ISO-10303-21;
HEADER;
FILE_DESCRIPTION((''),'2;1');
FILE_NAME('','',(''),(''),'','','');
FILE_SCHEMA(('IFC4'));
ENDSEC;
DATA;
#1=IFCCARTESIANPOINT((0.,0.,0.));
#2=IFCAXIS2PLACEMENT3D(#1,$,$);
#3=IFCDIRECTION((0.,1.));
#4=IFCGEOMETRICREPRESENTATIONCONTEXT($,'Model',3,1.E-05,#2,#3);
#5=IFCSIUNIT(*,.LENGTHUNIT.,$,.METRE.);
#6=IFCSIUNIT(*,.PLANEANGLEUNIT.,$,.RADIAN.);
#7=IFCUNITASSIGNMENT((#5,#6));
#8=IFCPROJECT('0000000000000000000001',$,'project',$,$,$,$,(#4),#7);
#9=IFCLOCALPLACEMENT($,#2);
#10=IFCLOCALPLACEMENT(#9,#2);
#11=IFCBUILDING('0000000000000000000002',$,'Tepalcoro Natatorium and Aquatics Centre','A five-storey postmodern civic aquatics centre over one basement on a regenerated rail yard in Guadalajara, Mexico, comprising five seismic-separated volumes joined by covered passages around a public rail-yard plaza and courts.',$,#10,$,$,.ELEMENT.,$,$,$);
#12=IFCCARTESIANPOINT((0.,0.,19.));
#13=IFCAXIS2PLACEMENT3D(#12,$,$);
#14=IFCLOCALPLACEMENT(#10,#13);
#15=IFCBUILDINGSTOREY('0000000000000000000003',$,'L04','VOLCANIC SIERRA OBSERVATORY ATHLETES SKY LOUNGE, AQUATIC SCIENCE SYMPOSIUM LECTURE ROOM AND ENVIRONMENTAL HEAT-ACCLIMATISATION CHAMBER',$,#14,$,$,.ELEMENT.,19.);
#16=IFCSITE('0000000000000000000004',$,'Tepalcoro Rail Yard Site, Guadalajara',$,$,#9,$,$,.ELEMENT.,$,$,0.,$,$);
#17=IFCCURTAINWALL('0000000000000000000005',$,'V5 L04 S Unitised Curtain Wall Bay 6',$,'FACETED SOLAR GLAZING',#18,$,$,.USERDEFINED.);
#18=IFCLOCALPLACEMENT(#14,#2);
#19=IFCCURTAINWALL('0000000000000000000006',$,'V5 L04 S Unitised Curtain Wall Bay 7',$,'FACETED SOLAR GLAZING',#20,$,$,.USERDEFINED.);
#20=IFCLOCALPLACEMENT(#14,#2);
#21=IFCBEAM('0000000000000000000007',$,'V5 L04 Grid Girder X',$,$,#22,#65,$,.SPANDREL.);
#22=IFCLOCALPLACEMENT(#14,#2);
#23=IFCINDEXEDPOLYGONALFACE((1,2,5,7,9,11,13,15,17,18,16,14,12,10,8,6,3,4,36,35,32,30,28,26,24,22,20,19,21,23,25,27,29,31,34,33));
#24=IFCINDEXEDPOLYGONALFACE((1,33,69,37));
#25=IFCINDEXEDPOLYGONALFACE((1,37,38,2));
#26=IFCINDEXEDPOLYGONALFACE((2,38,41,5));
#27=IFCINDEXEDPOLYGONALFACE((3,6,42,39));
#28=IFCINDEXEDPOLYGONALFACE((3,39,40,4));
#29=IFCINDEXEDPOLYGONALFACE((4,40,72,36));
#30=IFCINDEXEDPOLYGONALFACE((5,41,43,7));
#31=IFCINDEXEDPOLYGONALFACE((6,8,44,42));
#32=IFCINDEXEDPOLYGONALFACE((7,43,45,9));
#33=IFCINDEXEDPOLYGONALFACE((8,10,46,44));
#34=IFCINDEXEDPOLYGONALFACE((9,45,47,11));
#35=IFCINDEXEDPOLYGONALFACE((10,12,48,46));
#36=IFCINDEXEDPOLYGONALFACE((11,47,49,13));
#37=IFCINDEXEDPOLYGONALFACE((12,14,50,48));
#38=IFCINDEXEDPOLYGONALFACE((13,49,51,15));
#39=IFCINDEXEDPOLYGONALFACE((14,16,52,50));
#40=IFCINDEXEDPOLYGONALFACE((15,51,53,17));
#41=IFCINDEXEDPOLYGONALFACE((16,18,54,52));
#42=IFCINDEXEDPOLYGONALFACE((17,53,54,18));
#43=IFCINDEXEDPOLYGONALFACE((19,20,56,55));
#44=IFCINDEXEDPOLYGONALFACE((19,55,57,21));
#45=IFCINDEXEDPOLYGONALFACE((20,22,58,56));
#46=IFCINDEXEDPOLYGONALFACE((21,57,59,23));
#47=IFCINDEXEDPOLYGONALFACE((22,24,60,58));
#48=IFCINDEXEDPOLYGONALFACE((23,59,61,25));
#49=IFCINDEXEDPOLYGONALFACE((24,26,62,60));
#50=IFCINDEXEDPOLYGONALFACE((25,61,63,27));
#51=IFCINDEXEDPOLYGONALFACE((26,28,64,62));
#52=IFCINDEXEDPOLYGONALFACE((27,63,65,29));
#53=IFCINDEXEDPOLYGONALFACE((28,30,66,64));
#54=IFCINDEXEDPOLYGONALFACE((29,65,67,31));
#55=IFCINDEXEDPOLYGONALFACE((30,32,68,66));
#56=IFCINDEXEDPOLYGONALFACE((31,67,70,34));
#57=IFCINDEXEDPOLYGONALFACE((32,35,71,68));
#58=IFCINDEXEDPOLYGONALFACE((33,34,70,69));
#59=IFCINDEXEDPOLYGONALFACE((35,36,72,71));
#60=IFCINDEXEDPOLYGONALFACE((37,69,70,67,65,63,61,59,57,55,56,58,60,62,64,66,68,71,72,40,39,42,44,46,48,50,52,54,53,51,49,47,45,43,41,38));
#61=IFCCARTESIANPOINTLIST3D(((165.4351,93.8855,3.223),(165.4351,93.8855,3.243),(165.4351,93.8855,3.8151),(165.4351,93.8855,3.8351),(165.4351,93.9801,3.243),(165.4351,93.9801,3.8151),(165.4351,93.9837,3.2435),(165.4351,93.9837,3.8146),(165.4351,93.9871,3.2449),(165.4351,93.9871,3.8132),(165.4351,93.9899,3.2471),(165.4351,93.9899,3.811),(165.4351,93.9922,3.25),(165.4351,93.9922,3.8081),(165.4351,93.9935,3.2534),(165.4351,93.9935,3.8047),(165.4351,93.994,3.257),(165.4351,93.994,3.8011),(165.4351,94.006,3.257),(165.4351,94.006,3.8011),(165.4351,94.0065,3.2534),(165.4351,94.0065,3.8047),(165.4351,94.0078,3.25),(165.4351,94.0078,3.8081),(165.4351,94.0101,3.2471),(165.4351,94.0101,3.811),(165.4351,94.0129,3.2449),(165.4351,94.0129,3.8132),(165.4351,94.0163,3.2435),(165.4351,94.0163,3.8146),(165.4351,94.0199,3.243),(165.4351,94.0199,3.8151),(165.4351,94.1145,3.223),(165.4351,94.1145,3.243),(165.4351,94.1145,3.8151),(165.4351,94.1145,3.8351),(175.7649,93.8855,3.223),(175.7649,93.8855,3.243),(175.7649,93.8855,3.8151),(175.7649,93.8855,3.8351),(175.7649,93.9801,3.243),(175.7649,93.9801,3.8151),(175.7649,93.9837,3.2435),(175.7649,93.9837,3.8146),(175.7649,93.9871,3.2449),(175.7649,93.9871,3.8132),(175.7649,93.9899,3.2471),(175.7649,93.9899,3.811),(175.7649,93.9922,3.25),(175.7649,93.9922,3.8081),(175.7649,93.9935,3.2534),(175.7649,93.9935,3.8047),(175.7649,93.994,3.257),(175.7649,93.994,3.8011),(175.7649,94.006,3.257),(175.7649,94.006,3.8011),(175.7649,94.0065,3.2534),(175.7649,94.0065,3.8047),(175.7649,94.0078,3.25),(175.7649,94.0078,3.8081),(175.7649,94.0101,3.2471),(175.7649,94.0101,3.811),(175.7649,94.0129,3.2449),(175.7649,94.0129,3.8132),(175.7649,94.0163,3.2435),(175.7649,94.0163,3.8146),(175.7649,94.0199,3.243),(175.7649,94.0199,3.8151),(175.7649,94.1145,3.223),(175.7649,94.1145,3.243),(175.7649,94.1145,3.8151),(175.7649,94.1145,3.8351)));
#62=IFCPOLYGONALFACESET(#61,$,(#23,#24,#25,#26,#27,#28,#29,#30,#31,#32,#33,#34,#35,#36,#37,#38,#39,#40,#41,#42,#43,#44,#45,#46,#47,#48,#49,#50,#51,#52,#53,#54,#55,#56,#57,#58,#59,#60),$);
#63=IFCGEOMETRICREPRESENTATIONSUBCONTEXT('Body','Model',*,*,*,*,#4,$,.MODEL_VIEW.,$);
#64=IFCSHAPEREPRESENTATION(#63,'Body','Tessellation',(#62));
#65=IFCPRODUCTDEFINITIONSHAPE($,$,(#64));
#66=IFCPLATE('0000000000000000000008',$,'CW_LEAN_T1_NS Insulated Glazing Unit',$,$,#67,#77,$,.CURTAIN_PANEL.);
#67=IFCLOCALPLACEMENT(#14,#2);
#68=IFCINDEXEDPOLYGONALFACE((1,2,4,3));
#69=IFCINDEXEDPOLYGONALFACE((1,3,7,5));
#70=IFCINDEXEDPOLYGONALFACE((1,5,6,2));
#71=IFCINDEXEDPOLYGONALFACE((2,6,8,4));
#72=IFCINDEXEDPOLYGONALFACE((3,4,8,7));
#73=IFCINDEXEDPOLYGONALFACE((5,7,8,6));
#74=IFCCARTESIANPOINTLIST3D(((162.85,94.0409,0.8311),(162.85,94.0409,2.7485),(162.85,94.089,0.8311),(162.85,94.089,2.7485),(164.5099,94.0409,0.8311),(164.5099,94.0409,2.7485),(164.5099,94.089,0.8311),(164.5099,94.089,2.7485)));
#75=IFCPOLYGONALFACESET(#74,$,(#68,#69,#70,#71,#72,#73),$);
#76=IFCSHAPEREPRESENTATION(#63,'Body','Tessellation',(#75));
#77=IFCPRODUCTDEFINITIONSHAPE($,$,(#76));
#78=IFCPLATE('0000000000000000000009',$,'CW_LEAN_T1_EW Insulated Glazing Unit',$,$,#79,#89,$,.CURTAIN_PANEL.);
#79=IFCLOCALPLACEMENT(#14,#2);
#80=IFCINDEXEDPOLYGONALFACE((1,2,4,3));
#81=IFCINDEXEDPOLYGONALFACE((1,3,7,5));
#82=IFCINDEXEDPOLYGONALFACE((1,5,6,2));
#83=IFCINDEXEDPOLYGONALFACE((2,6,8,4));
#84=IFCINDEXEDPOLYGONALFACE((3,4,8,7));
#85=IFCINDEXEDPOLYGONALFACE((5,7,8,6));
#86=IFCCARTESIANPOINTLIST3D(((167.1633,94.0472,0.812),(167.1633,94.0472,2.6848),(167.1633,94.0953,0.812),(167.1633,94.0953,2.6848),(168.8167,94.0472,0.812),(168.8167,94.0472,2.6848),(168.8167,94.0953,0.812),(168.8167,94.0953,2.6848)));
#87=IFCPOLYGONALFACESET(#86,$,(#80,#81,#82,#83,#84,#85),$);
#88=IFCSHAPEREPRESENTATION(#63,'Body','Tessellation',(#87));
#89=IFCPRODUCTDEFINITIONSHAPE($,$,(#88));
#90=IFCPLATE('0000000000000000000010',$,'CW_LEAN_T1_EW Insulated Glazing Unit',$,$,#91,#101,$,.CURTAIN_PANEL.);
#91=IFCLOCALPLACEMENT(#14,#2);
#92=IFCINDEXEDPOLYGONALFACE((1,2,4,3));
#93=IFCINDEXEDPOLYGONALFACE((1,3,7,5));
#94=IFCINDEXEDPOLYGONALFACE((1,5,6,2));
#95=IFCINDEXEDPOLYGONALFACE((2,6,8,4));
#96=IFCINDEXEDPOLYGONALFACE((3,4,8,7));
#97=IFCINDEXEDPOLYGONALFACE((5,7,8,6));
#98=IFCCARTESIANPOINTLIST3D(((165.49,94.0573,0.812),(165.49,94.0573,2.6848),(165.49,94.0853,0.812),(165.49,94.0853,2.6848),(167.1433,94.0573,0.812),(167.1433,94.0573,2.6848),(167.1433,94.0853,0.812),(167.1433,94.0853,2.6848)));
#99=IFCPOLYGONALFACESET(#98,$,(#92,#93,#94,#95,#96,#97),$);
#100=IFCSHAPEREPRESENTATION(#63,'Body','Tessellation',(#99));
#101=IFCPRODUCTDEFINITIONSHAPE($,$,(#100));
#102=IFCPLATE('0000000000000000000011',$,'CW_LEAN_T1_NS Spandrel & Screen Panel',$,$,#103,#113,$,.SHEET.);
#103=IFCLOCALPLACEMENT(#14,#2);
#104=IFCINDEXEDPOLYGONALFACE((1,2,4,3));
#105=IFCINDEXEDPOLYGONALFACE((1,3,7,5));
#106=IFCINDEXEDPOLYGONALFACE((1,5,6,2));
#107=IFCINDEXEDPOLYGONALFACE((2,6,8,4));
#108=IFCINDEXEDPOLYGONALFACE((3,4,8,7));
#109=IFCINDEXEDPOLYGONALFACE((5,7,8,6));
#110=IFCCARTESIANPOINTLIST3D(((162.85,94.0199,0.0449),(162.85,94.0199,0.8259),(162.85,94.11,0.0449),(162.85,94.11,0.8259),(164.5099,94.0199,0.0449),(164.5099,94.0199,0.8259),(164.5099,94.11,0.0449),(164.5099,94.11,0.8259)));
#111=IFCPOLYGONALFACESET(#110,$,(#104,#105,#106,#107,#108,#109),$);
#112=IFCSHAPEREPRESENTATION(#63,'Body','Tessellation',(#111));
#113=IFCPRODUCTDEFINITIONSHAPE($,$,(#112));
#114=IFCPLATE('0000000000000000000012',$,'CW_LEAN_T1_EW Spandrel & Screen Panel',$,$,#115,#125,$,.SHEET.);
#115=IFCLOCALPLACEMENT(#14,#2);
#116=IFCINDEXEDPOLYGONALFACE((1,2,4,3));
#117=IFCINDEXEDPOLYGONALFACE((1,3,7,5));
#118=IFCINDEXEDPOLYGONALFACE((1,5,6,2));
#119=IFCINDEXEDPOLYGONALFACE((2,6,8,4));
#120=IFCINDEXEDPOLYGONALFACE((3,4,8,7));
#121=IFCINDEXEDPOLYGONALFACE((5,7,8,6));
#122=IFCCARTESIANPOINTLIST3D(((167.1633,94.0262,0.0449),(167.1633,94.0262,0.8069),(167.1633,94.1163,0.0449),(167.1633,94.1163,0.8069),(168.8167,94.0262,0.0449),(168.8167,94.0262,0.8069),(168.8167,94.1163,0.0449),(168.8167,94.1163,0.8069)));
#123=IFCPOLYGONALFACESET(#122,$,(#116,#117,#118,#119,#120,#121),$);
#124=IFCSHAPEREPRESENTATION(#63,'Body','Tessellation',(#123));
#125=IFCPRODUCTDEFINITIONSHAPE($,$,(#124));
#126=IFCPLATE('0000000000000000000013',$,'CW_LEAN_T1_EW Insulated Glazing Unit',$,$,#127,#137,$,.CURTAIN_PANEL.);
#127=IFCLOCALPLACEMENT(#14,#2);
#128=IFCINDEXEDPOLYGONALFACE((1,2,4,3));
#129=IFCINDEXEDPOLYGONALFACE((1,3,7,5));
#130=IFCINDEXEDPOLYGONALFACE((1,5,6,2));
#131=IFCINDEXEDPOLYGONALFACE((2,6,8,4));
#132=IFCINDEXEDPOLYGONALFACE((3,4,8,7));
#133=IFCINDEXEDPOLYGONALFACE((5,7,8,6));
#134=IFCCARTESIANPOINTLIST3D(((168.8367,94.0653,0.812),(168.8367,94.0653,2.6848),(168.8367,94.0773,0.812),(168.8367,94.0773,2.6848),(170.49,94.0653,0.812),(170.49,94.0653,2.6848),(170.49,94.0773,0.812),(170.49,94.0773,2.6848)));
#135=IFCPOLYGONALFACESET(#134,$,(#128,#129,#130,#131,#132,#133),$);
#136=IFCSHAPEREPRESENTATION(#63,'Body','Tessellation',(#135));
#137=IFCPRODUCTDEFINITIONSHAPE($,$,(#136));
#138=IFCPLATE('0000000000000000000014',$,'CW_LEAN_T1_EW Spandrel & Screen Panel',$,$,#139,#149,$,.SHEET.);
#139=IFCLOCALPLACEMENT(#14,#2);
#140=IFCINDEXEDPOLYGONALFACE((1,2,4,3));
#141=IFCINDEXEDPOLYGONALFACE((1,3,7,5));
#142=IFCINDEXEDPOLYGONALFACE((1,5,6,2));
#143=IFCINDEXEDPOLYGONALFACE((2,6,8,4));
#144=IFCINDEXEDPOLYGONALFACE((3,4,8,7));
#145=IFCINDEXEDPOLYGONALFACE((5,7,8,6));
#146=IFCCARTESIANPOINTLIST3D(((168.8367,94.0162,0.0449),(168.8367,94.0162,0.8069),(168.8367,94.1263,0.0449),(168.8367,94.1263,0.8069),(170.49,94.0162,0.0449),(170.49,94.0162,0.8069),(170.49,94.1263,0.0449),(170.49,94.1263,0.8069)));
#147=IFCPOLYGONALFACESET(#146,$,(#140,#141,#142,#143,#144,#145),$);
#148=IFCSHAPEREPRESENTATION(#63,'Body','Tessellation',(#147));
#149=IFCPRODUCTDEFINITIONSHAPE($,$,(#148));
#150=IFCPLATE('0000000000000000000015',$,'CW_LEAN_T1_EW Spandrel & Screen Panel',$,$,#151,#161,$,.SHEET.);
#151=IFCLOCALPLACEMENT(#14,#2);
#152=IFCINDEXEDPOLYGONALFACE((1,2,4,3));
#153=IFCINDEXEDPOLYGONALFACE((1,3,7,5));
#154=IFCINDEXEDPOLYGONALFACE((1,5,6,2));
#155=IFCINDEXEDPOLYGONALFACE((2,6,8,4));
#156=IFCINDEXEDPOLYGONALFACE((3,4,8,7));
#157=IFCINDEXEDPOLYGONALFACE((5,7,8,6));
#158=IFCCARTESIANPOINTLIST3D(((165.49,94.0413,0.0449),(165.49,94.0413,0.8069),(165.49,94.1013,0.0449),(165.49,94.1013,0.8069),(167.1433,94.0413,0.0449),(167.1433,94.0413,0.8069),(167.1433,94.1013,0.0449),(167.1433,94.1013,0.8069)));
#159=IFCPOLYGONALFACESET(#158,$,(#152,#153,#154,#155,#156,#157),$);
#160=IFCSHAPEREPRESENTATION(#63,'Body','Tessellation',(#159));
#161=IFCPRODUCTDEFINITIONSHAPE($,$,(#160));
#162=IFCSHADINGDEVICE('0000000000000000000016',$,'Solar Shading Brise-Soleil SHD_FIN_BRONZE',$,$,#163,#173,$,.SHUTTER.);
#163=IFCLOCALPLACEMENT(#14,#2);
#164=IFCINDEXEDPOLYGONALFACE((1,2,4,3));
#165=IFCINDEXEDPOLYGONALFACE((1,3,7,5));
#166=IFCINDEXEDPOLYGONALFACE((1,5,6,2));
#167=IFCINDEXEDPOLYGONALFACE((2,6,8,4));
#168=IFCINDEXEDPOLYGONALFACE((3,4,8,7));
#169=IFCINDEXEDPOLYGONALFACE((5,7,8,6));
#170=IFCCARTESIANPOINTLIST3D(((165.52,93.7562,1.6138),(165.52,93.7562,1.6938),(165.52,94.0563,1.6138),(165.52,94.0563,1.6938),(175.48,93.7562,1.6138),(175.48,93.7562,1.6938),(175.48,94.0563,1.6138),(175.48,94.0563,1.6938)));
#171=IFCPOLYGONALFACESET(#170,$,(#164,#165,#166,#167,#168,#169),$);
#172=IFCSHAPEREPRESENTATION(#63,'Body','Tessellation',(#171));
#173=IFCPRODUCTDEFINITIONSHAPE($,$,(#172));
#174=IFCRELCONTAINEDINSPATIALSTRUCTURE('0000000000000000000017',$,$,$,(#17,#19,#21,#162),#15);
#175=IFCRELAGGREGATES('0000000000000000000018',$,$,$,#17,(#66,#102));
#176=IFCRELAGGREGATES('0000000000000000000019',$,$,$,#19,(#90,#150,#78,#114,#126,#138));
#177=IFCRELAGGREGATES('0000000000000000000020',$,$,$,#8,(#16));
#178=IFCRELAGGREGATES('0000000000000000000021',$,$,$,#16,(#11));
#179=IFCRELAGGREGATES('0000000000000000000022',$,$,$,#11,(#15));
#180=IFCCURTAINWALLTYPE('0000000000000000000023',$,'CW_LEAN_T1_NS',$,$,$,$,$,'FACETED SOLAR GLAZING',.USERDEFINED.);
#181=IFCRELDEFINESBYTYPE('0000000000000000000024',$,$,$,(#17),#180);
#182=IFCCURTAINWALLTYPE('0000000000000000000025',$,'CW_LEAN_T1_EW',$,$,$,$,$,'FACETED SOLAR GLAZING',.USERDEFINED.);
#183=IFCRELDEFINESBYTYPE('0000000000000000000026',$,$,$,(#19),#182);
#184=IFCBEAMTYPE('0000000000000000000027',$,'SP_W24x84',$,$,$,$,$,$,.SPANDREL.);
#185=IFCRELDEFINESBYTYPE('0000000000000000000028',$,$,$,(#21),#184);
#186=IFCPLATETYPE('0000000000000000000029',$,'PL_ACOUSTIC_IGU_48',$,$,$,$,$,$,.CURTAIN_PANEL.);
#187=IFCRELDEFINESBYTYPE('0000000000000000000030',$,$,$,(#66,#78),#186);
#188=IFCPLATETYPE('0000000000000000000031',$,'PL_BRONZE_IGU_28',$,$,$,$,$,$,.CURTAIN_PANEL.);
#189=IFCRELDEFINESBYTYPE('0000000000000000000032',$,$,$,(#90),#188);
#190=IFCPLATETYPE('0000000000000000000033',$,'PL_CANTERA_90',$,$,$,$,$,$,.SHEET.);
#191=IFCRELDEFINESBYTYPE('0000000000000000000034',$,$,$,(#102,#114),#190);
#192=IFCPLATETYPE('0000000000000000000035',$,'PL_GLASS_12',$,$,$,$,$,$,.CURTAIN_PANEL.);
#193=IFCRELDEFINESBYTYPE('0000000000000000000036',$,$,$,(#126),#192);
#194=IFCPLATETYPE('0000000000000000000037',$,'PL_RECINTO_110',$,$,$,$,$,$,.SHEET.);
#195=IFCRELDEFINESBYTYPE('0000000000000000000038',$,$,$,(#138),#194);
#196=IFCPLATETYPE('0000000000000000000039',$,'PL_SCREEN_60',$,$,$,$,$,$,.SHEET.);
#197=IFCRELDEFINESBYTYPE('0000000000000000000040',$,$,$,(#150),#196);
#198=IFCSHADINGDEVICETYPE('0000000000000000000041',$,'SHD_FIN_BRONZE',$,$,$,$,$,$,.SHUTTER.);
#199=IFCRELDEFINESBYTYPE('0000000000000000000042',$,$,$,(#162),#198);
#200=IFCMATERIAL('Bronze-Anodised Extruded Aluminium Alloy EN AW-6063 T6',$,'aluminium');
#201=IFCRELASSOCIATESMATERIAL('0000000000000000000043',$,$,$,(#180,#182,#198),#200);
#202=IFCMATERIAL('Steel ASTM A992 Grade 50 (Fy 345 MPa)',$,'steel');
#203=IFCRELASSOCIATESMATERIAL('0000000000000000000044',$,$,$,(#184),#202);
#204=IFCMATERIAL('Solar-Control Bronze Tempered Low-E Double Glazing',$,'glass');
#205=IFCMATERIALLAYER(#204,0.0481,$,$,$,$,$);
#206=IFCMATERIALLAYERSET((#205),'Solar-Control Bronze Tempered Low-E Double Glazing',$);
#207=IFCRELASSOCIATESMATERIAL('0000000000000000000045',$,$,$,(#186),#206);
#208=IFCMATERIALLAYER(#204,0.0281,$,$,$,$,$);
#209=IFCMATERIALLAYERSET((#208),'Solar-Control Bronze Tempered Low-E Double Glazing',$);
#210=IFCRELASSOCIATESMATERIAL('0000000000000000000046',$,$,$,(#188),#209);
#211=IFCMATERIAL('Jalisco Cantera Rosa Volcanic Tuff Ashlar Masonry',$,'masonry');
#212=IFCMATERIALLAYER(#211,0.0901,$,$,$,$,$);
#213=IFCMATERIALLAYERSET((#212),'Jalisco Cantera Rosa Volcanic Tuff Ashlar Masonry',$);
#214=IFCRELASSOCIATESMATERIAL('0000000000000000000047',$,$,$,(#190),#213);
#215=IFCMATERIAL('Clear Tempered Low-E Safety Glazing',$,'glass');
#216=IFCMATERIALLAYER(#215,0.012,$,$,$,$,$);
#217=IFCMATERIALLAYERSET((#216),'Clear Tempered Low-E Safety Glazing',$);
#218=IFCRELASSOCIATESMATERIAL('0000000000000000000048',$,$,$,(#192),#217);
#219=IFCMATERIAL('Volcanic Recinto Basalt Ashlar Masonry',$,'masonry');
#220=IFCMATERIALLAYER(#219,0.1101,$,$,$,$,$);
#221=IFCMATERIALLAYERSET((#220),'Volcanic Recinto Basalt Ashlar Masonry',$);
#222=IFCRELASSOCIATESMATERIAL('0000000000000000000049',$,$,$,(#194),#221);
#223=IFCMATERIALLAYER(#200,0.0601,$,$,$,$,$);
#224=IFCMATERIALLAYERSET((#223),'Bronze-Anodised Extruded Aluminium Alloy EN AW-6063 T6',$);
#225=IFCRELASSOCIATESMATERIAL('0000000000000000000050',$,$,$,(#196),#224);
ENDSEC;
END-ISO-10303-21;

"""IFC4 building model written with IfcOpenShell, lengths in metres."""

from ifc_helpers import new_model, si_unit, direction, frame, origin, origin_2d, place, context, subcontext, project, spatial, rectangle, i_section, extrude, material, layer, layer_set, material_profile, profile_set, type_object, element, aggregate, save


model = new_model("IFC4")

# Units and contexts
model_context = context("Model", 3, precision=1e-05, world=origin(), true_north=direction((0.0, 1.0)))
body_context = subcontext(model_context, "Body", "Model", "MODEL_VIEW")
ifc_project = project(units=[si_unit("LENGTHUNIT", "METRE"), si_unit("PLANEANGLEUNIT", "RADIAN")], contexts=[model_context])

# Site, building, storey
site_placement = place(None, origin())
site = spatial("IfcSite", under=ifc_project, at=site_placement, Name="Tepalcoro Rail Yard Site, Guadalajara", CompositionType="ELEMENT", RefElevation=0.0)
building_placement = place(site_placement, origin())
building = spatial("IfcBuilding", under=site, at=building_placement, Name="Tepalcoro Natatorium and Aquatics Centre", Description="A five-storey postmodern civic aquatics centre over one basement on a regenerated rail yard in Guadalajara, Mexico, comprising five seismic-separated volumes joined by covered passages around a public rail-yard plaza and courts.", CompositionType="ELEMENT")
storey_placement = place(building_placement, frame((0.0, 0.0, 19.0)))
storey = spatial("IfcBuildingStorey", under=building, at=storey_placement, Name="L04", Description="VOLCANIC SIERRA OBSERVATORY ATHLETES SKY LOUNGE, AQUATIC SCIENCE SYMPOSIUM LECTURE ROOM AND ENVIRONMENTAL HEAT-ACCLIMATISATION CHAMBER", CompositionType="ELEMENT", Elevation=19.0)

# Shared definitions
ifc_material_1 = material(Name="Steel ASTM A992 Grade 50 (Fy 345 MPa)", Category="steel")

# Curtain walls
ifc_material_2 = material(Name="Bronze-Anodised Extruded Aluminium Alloy EN AW-6063 T6", Category="aluminium")
curtain_wall_type_1 = type_object("IfcCurtainWallType", Name="CW_LEAN_T1_NS", ElementType="FACETED SOLAR GLAZING", PredefinedType="USERDEFINED", material=ifc_material_2)
curtain_wall_1_placement = place(storey_placement, origin())
curtain_wall_1 = element("IfcCurtainWall", 1, at=curtain_wall_1_placement, inside=storey, type_object=curtain_wall_type_1, Name="V5 L04 S Unitised Curtain Wall Bay 6", ObjectType="FACETED SOLAR GLAZING", PredefinedType="USERDEFINED")
curtain_wall_type_2 = type_object("IfcCurtainWallType", Name="CW_LEAN_T1_EW", ElementType="FACETED SOLAR GLAZING", PredefinedType="USERDEFINED", material=ifc_material_2)
curtain_wall_2_placement = place(storey_placement, origin())
curtain_wall_2 = element("IfcCurtainWall", 2, at=curtain_wall_2_placement, inside=storey, type_object=curtain_wall_type_2, Name="V5 L04 S Unitised Curtain Wall Bay 7", ObjectType="FACETED SOLAR GLAZING", PredefinedType="USERDEFINED")

# Beam
ifc_material_profile_1 = material_profile(ifc_material_1, i_section(OverallWidth=0.229, OverallDepth=0.6121, WebThickness=0.012, FlangeThickness=0.02, FilletRadius=0.0139, at=origin_2d()), Name="W24X84")
ifc_profile_set_1 = profile_set([ifc_material_profile_1], Name="Steel ASTM A992 Grade 50 (Fy 345 MPa)")
beam_type_1 = type_object("IfcBeamType", Name="SP_W24x84", PredefinedType="SPANDREL", material=ifc_profile_set_1)
beam_1_placement = place(storey_placement, frame((165.4351, 94.0, 3.5291), z_axis=(1.0, 0.0, 0.0), x_axis=(0.0, 1.0, 0.0)))
element("IfcBeam", 3, at=beam_1_placement, inside=storey, type_object=beam_type_1, Name="V5 L04 Grid Girder X", PredefinedType="SPANDREL", context=body_context, shape_type="SweptSolid", body=[
    extrude(i_section(OverallWidth=0.229, OverallDepth=0.6121, WebThickness=0.012, FlangeThickness=0.02, FilletRadius=0.0139, at=origin_2d()), origin(), (0.0, 0.0, 1.0), 10.3298),
])

# Plates
ifc_material_3 = material(Name="Solar-Control Bronze Tempered Low-E Double Glazing", Category="glass")
ifc_layer_1 = layer(ifc_material_3, 0.0481)
ifc_layer_set_1 = layer_set([ifc_layer_1], Name="Solar-Control Bronze Tempered Low-E Double Glazing")
plate_type_1 = type_object("IfcPlateType", Name="PL_ACOUSTIC_IGU_48", PredefinedType="CURTAIN_PANEL", material=ifc_layer_set_1)
plate_1_placement = place(storey_placement, frame((163.6799, 94.0649, 0.8311), z_axis=(0.0, 0.0, 1.0), x_axis=(1.0, 0.0, 0.0)))
plate_1 = element("IfcPlate", 4, at=plate_1_placement, type_object=plate_type_1, Name="CW_LEAN_T1_NS Insulated Glazing Unit", PredefinedType="CURTAIN_PANEL", context=body_context, shape_type="SweptSolid", body=[
    extrude(rectangle(XDim=1.6599, YDim=0.0481, at=origin_2d()), origin(), (0.0, 0.0, 1.0), 1.9175),
])
plate_2_placement = place(storey_placement, frame((167.99, 94.0713, 0.812), z_axis=(0.0, 0.0, 1.0), x_axis=(1.0, 0.0, 0.0)))
plate_2 = element("IfcPlate", 5, at=plate_2_placement, type_object=plate_type_1, Name="CW_LEAN_T1_EW Insulated Glazing Unit", PredefinedType="CURTAIN_PANEL", context=body_context, shape_type="SweptSolid", body=[
    extrude(rectangle(XDim=1.6533, YDim=0.0481, at=origin_2d()), origin(), (0.0, 0.0, 1.0), 1.8728),
])
ifc_layer_2 = layer(ifc_material_3, 0.0281)
ifc_layer_set_2 = layer_set([ifc_layer_2], Name="Solar-Control Bronze Tempered Low-E Double Glazing")
plate_type_2 = type_object("IfcPlateType", Name="PL_BRONZE_IGU_28", PredefinedType="CURTAIN_PANEL", material=ifc_layer_set_2)
plate_3_placement = place(storey_placement, frame((166.3167, 94.0713, 0.812), z_axis=(0.0, 0.0, 1.0), x_axis=(1.0, 0.0, 0.0)))
plate_3 = element("IfcPlate", 6, at=plate_3_placement, type_object=plate_type_2, Name="CW_LEAN_T1_EW Insulated Glazing Unit", PredefinedType="CURTAIN_PANEL", context=body_context, shape_type="SweptSolid", body=[
    extrude(rectangle(XDim=1.6533, YDim=0.0281, at=origin_2d()), origin(), (0.0, 0.0, 1.0), 1.8728),
])
ifc_material_4 = material(Name="Jalisco Cantera Rosa Volcanic Tuff Ashlar Masonry", Category="masonry")
ifc_layer_3 = layer(ifc_material_4, 0.0901)
ifc_layer_set_3 = layer_set([ifc_layer_3], Name="Jalisco Cantera Rosa Volcanic Tuff Ashlar Masonry")
plate_type_3 = type_object("IfcPlateType", Name="PL_CANTERA_90", PredefinedType="SHEET", material=ifc_layer_set_3)
plate_4_placement = place(storey_placement, frame((163.6799, 94.0649, 0.0449), z_axis=(0.0, 0.0, 1.0), x_axis=(1.0, 0.0, 0.0)))
plate_4 = element("IfcPlate", 7, at=plate_4_placement, type_object=plate_type_3, Name="CW_LEAN_T1_NS Spandrel & Screen Panel", PredefinedType="SHEET", context=body_context, shape_type="SweptSolid", body=[
    extrude(rectangle(XDim=1.6599, YDim=0.0901, at=origin_2d()), origin(), (0.0, 0.0, 1.0), 0.781),
])
aggregate(curtain_wall_1, [plate_1, plate_4])
plate_5_placement = place(storey_placement, frame((167.99, 94.0713, 0.0449), z_axis=(0.0, 0.0, 1.0), x_axis=(1.0, 0.0, 0.0)))
plate_5 = element("IfcPlate", 8, at=plate_5_placement, type_object=plate_type_3, Name="CW_LEAN_T1_EW Spandrel & Screen Panel", PredefinedType="SHEET", context=body_context, shape_type="SweptSolid", body=[
    extrude(rectangle(XDim=1.6533, YDim=0.0901, at=origin_2d()), origin(), (0.0, 0.0, 1.0), 0.762),
])
ifc_material_5 = material(Name="Clear Tempered Low-E Safety Glazing", Category="glass")
ifc_layer_4 = layer(ifc_material_5, 0.012)
ifc_layer_set_4 = layer_set([ifc_layer_4], Name="Clear Tempered Low-E Safety Glazing")
plate_type_4 = type_object("IfcPlateType", Name="PL_GLASS_12", PredefinedType="CURTAIN_PANEL", material=ifc_layer_set_4)
plate_6_placement = place(storey_placement, frame((169.6633, 94.0713, 0.812), z_axis=(0.0, 0.0, 1.0), x_axis=(1.0, 0.0, 0.0)))
plate_6 = element("IfcPlate", 9, at=plate_6_placement, type_object=plate_type_4, Name="CW_LEAN_T1_EW Insulated Glazing Unit", PredefinedType="CURTAIN_PANEL", context=body_context, shape_type="SweptSolid", body=[
    extrude(rectangle(XDim=1.6533, YDim=0.012, at=origin_2d()), origin(), (0.0, 0.0, 1.0), 1.8728),
])
ifc_material_6 = material(Name="Volcanic Recinto Basalt Ashlar Masonry", Category="masonry")
ifc_layer_5 = layer(ifc_material_6, 0.1101)
ifc_layer_set_5 = layer_set([ifc_layer_5], Name="Volcanic Recinto Basalt Ashlar Masonry")
plate_type_5 = type_object("IfcPlateType", Name="PL_RECINTO_110", PredefinedType="SHEET", material=ifc_layer_set_5)
plate_7_placement = place(storey_placement, frame((169.6633, 94.0713, 0.0449), z_axis=(0.0, 0.0, 1.0), x_axis=(1.0, 0.0, 0.0)))
plate_7 = element("IfcPlate", 10, at=plate_7_placement, type_object=plate_type_5, Name="CW_LEAN_T1_EW Spandrel & Screen Panel", PredefinedType="SHEET", context=body_context, shape_type="SweptSolid", body=[
    extrude(rectangle(XDim=1.6533, YDim=0.1101, at=origin_2d()), origin(), (0.0, 0.0, 1.0), 0.762),
])
ifc_layer_6 = layer(ifc_material_2, 0.0601)
ifc_layer_set_6 = layer_set([ifc_layer_6], Name="Bronze-Anodised Extruded Aluminium Alloy EN AW-6063 T6")
plate_type_6 = type_object("IfcPlateType", Name="PL_SCREEN_60", PredefinedType="SHEET", material=ifc_layer_set_6)
plate_8_placement = place(storey_placement, frame((166.3167, 94.0713, 0.0449), z_axis=(0.0, 0.0, 1.0), x_axis=(1.0, 0.0, 0.0)))
plate_8 = element("IfcPlate", 11, at=plate_8_placement, type_object=plate_type_6, Name="CW_LEAN_T1_EW Spandrel & Screen Panel", PredefinedType="SHEET", context=body_context, shape_type="SweptSolid", body=[
    extrude(rectangle(XDim=1.6533, YDim=0.0601, at=origin_2d()), origin(), (0.0, 0.0, 1.0), 0.762),
])
aggregate(curtain_wall_2, [plate_3, plate_8, plate_2, plate_5, plate_6, plate_7])

# Shading device
shading_device_type = type_object("IfcShadingDeviceType", Name="SHD_FIN_BRONZE", PredefinedType="SHUTTER", material=ifc_material_2)
shading_device_placement = place(storey_placement, frame((170.5, 93.9062, 1.6138), z_axis=(0.0, 0.0, 1.0), x_axis=(1.0, 0.0, 0.0)))
element("IfcShadingDevice", 12, at=shading_device_placement, inside=storey, type_object=shading_device_type, Name="Solar Shading Brise-Soleil SHD_FIN_BRONZE", PredefinedType="SHUTTER", context=body_context, shape_type="SweptSolid", body=[
    extrude(rectangle(XDim=9.96, YDim=0.3, at=origin_2d()), origin(), (0.0, 0.0, 1.0), 0.0801),
])

save(model, "model.ifc")
